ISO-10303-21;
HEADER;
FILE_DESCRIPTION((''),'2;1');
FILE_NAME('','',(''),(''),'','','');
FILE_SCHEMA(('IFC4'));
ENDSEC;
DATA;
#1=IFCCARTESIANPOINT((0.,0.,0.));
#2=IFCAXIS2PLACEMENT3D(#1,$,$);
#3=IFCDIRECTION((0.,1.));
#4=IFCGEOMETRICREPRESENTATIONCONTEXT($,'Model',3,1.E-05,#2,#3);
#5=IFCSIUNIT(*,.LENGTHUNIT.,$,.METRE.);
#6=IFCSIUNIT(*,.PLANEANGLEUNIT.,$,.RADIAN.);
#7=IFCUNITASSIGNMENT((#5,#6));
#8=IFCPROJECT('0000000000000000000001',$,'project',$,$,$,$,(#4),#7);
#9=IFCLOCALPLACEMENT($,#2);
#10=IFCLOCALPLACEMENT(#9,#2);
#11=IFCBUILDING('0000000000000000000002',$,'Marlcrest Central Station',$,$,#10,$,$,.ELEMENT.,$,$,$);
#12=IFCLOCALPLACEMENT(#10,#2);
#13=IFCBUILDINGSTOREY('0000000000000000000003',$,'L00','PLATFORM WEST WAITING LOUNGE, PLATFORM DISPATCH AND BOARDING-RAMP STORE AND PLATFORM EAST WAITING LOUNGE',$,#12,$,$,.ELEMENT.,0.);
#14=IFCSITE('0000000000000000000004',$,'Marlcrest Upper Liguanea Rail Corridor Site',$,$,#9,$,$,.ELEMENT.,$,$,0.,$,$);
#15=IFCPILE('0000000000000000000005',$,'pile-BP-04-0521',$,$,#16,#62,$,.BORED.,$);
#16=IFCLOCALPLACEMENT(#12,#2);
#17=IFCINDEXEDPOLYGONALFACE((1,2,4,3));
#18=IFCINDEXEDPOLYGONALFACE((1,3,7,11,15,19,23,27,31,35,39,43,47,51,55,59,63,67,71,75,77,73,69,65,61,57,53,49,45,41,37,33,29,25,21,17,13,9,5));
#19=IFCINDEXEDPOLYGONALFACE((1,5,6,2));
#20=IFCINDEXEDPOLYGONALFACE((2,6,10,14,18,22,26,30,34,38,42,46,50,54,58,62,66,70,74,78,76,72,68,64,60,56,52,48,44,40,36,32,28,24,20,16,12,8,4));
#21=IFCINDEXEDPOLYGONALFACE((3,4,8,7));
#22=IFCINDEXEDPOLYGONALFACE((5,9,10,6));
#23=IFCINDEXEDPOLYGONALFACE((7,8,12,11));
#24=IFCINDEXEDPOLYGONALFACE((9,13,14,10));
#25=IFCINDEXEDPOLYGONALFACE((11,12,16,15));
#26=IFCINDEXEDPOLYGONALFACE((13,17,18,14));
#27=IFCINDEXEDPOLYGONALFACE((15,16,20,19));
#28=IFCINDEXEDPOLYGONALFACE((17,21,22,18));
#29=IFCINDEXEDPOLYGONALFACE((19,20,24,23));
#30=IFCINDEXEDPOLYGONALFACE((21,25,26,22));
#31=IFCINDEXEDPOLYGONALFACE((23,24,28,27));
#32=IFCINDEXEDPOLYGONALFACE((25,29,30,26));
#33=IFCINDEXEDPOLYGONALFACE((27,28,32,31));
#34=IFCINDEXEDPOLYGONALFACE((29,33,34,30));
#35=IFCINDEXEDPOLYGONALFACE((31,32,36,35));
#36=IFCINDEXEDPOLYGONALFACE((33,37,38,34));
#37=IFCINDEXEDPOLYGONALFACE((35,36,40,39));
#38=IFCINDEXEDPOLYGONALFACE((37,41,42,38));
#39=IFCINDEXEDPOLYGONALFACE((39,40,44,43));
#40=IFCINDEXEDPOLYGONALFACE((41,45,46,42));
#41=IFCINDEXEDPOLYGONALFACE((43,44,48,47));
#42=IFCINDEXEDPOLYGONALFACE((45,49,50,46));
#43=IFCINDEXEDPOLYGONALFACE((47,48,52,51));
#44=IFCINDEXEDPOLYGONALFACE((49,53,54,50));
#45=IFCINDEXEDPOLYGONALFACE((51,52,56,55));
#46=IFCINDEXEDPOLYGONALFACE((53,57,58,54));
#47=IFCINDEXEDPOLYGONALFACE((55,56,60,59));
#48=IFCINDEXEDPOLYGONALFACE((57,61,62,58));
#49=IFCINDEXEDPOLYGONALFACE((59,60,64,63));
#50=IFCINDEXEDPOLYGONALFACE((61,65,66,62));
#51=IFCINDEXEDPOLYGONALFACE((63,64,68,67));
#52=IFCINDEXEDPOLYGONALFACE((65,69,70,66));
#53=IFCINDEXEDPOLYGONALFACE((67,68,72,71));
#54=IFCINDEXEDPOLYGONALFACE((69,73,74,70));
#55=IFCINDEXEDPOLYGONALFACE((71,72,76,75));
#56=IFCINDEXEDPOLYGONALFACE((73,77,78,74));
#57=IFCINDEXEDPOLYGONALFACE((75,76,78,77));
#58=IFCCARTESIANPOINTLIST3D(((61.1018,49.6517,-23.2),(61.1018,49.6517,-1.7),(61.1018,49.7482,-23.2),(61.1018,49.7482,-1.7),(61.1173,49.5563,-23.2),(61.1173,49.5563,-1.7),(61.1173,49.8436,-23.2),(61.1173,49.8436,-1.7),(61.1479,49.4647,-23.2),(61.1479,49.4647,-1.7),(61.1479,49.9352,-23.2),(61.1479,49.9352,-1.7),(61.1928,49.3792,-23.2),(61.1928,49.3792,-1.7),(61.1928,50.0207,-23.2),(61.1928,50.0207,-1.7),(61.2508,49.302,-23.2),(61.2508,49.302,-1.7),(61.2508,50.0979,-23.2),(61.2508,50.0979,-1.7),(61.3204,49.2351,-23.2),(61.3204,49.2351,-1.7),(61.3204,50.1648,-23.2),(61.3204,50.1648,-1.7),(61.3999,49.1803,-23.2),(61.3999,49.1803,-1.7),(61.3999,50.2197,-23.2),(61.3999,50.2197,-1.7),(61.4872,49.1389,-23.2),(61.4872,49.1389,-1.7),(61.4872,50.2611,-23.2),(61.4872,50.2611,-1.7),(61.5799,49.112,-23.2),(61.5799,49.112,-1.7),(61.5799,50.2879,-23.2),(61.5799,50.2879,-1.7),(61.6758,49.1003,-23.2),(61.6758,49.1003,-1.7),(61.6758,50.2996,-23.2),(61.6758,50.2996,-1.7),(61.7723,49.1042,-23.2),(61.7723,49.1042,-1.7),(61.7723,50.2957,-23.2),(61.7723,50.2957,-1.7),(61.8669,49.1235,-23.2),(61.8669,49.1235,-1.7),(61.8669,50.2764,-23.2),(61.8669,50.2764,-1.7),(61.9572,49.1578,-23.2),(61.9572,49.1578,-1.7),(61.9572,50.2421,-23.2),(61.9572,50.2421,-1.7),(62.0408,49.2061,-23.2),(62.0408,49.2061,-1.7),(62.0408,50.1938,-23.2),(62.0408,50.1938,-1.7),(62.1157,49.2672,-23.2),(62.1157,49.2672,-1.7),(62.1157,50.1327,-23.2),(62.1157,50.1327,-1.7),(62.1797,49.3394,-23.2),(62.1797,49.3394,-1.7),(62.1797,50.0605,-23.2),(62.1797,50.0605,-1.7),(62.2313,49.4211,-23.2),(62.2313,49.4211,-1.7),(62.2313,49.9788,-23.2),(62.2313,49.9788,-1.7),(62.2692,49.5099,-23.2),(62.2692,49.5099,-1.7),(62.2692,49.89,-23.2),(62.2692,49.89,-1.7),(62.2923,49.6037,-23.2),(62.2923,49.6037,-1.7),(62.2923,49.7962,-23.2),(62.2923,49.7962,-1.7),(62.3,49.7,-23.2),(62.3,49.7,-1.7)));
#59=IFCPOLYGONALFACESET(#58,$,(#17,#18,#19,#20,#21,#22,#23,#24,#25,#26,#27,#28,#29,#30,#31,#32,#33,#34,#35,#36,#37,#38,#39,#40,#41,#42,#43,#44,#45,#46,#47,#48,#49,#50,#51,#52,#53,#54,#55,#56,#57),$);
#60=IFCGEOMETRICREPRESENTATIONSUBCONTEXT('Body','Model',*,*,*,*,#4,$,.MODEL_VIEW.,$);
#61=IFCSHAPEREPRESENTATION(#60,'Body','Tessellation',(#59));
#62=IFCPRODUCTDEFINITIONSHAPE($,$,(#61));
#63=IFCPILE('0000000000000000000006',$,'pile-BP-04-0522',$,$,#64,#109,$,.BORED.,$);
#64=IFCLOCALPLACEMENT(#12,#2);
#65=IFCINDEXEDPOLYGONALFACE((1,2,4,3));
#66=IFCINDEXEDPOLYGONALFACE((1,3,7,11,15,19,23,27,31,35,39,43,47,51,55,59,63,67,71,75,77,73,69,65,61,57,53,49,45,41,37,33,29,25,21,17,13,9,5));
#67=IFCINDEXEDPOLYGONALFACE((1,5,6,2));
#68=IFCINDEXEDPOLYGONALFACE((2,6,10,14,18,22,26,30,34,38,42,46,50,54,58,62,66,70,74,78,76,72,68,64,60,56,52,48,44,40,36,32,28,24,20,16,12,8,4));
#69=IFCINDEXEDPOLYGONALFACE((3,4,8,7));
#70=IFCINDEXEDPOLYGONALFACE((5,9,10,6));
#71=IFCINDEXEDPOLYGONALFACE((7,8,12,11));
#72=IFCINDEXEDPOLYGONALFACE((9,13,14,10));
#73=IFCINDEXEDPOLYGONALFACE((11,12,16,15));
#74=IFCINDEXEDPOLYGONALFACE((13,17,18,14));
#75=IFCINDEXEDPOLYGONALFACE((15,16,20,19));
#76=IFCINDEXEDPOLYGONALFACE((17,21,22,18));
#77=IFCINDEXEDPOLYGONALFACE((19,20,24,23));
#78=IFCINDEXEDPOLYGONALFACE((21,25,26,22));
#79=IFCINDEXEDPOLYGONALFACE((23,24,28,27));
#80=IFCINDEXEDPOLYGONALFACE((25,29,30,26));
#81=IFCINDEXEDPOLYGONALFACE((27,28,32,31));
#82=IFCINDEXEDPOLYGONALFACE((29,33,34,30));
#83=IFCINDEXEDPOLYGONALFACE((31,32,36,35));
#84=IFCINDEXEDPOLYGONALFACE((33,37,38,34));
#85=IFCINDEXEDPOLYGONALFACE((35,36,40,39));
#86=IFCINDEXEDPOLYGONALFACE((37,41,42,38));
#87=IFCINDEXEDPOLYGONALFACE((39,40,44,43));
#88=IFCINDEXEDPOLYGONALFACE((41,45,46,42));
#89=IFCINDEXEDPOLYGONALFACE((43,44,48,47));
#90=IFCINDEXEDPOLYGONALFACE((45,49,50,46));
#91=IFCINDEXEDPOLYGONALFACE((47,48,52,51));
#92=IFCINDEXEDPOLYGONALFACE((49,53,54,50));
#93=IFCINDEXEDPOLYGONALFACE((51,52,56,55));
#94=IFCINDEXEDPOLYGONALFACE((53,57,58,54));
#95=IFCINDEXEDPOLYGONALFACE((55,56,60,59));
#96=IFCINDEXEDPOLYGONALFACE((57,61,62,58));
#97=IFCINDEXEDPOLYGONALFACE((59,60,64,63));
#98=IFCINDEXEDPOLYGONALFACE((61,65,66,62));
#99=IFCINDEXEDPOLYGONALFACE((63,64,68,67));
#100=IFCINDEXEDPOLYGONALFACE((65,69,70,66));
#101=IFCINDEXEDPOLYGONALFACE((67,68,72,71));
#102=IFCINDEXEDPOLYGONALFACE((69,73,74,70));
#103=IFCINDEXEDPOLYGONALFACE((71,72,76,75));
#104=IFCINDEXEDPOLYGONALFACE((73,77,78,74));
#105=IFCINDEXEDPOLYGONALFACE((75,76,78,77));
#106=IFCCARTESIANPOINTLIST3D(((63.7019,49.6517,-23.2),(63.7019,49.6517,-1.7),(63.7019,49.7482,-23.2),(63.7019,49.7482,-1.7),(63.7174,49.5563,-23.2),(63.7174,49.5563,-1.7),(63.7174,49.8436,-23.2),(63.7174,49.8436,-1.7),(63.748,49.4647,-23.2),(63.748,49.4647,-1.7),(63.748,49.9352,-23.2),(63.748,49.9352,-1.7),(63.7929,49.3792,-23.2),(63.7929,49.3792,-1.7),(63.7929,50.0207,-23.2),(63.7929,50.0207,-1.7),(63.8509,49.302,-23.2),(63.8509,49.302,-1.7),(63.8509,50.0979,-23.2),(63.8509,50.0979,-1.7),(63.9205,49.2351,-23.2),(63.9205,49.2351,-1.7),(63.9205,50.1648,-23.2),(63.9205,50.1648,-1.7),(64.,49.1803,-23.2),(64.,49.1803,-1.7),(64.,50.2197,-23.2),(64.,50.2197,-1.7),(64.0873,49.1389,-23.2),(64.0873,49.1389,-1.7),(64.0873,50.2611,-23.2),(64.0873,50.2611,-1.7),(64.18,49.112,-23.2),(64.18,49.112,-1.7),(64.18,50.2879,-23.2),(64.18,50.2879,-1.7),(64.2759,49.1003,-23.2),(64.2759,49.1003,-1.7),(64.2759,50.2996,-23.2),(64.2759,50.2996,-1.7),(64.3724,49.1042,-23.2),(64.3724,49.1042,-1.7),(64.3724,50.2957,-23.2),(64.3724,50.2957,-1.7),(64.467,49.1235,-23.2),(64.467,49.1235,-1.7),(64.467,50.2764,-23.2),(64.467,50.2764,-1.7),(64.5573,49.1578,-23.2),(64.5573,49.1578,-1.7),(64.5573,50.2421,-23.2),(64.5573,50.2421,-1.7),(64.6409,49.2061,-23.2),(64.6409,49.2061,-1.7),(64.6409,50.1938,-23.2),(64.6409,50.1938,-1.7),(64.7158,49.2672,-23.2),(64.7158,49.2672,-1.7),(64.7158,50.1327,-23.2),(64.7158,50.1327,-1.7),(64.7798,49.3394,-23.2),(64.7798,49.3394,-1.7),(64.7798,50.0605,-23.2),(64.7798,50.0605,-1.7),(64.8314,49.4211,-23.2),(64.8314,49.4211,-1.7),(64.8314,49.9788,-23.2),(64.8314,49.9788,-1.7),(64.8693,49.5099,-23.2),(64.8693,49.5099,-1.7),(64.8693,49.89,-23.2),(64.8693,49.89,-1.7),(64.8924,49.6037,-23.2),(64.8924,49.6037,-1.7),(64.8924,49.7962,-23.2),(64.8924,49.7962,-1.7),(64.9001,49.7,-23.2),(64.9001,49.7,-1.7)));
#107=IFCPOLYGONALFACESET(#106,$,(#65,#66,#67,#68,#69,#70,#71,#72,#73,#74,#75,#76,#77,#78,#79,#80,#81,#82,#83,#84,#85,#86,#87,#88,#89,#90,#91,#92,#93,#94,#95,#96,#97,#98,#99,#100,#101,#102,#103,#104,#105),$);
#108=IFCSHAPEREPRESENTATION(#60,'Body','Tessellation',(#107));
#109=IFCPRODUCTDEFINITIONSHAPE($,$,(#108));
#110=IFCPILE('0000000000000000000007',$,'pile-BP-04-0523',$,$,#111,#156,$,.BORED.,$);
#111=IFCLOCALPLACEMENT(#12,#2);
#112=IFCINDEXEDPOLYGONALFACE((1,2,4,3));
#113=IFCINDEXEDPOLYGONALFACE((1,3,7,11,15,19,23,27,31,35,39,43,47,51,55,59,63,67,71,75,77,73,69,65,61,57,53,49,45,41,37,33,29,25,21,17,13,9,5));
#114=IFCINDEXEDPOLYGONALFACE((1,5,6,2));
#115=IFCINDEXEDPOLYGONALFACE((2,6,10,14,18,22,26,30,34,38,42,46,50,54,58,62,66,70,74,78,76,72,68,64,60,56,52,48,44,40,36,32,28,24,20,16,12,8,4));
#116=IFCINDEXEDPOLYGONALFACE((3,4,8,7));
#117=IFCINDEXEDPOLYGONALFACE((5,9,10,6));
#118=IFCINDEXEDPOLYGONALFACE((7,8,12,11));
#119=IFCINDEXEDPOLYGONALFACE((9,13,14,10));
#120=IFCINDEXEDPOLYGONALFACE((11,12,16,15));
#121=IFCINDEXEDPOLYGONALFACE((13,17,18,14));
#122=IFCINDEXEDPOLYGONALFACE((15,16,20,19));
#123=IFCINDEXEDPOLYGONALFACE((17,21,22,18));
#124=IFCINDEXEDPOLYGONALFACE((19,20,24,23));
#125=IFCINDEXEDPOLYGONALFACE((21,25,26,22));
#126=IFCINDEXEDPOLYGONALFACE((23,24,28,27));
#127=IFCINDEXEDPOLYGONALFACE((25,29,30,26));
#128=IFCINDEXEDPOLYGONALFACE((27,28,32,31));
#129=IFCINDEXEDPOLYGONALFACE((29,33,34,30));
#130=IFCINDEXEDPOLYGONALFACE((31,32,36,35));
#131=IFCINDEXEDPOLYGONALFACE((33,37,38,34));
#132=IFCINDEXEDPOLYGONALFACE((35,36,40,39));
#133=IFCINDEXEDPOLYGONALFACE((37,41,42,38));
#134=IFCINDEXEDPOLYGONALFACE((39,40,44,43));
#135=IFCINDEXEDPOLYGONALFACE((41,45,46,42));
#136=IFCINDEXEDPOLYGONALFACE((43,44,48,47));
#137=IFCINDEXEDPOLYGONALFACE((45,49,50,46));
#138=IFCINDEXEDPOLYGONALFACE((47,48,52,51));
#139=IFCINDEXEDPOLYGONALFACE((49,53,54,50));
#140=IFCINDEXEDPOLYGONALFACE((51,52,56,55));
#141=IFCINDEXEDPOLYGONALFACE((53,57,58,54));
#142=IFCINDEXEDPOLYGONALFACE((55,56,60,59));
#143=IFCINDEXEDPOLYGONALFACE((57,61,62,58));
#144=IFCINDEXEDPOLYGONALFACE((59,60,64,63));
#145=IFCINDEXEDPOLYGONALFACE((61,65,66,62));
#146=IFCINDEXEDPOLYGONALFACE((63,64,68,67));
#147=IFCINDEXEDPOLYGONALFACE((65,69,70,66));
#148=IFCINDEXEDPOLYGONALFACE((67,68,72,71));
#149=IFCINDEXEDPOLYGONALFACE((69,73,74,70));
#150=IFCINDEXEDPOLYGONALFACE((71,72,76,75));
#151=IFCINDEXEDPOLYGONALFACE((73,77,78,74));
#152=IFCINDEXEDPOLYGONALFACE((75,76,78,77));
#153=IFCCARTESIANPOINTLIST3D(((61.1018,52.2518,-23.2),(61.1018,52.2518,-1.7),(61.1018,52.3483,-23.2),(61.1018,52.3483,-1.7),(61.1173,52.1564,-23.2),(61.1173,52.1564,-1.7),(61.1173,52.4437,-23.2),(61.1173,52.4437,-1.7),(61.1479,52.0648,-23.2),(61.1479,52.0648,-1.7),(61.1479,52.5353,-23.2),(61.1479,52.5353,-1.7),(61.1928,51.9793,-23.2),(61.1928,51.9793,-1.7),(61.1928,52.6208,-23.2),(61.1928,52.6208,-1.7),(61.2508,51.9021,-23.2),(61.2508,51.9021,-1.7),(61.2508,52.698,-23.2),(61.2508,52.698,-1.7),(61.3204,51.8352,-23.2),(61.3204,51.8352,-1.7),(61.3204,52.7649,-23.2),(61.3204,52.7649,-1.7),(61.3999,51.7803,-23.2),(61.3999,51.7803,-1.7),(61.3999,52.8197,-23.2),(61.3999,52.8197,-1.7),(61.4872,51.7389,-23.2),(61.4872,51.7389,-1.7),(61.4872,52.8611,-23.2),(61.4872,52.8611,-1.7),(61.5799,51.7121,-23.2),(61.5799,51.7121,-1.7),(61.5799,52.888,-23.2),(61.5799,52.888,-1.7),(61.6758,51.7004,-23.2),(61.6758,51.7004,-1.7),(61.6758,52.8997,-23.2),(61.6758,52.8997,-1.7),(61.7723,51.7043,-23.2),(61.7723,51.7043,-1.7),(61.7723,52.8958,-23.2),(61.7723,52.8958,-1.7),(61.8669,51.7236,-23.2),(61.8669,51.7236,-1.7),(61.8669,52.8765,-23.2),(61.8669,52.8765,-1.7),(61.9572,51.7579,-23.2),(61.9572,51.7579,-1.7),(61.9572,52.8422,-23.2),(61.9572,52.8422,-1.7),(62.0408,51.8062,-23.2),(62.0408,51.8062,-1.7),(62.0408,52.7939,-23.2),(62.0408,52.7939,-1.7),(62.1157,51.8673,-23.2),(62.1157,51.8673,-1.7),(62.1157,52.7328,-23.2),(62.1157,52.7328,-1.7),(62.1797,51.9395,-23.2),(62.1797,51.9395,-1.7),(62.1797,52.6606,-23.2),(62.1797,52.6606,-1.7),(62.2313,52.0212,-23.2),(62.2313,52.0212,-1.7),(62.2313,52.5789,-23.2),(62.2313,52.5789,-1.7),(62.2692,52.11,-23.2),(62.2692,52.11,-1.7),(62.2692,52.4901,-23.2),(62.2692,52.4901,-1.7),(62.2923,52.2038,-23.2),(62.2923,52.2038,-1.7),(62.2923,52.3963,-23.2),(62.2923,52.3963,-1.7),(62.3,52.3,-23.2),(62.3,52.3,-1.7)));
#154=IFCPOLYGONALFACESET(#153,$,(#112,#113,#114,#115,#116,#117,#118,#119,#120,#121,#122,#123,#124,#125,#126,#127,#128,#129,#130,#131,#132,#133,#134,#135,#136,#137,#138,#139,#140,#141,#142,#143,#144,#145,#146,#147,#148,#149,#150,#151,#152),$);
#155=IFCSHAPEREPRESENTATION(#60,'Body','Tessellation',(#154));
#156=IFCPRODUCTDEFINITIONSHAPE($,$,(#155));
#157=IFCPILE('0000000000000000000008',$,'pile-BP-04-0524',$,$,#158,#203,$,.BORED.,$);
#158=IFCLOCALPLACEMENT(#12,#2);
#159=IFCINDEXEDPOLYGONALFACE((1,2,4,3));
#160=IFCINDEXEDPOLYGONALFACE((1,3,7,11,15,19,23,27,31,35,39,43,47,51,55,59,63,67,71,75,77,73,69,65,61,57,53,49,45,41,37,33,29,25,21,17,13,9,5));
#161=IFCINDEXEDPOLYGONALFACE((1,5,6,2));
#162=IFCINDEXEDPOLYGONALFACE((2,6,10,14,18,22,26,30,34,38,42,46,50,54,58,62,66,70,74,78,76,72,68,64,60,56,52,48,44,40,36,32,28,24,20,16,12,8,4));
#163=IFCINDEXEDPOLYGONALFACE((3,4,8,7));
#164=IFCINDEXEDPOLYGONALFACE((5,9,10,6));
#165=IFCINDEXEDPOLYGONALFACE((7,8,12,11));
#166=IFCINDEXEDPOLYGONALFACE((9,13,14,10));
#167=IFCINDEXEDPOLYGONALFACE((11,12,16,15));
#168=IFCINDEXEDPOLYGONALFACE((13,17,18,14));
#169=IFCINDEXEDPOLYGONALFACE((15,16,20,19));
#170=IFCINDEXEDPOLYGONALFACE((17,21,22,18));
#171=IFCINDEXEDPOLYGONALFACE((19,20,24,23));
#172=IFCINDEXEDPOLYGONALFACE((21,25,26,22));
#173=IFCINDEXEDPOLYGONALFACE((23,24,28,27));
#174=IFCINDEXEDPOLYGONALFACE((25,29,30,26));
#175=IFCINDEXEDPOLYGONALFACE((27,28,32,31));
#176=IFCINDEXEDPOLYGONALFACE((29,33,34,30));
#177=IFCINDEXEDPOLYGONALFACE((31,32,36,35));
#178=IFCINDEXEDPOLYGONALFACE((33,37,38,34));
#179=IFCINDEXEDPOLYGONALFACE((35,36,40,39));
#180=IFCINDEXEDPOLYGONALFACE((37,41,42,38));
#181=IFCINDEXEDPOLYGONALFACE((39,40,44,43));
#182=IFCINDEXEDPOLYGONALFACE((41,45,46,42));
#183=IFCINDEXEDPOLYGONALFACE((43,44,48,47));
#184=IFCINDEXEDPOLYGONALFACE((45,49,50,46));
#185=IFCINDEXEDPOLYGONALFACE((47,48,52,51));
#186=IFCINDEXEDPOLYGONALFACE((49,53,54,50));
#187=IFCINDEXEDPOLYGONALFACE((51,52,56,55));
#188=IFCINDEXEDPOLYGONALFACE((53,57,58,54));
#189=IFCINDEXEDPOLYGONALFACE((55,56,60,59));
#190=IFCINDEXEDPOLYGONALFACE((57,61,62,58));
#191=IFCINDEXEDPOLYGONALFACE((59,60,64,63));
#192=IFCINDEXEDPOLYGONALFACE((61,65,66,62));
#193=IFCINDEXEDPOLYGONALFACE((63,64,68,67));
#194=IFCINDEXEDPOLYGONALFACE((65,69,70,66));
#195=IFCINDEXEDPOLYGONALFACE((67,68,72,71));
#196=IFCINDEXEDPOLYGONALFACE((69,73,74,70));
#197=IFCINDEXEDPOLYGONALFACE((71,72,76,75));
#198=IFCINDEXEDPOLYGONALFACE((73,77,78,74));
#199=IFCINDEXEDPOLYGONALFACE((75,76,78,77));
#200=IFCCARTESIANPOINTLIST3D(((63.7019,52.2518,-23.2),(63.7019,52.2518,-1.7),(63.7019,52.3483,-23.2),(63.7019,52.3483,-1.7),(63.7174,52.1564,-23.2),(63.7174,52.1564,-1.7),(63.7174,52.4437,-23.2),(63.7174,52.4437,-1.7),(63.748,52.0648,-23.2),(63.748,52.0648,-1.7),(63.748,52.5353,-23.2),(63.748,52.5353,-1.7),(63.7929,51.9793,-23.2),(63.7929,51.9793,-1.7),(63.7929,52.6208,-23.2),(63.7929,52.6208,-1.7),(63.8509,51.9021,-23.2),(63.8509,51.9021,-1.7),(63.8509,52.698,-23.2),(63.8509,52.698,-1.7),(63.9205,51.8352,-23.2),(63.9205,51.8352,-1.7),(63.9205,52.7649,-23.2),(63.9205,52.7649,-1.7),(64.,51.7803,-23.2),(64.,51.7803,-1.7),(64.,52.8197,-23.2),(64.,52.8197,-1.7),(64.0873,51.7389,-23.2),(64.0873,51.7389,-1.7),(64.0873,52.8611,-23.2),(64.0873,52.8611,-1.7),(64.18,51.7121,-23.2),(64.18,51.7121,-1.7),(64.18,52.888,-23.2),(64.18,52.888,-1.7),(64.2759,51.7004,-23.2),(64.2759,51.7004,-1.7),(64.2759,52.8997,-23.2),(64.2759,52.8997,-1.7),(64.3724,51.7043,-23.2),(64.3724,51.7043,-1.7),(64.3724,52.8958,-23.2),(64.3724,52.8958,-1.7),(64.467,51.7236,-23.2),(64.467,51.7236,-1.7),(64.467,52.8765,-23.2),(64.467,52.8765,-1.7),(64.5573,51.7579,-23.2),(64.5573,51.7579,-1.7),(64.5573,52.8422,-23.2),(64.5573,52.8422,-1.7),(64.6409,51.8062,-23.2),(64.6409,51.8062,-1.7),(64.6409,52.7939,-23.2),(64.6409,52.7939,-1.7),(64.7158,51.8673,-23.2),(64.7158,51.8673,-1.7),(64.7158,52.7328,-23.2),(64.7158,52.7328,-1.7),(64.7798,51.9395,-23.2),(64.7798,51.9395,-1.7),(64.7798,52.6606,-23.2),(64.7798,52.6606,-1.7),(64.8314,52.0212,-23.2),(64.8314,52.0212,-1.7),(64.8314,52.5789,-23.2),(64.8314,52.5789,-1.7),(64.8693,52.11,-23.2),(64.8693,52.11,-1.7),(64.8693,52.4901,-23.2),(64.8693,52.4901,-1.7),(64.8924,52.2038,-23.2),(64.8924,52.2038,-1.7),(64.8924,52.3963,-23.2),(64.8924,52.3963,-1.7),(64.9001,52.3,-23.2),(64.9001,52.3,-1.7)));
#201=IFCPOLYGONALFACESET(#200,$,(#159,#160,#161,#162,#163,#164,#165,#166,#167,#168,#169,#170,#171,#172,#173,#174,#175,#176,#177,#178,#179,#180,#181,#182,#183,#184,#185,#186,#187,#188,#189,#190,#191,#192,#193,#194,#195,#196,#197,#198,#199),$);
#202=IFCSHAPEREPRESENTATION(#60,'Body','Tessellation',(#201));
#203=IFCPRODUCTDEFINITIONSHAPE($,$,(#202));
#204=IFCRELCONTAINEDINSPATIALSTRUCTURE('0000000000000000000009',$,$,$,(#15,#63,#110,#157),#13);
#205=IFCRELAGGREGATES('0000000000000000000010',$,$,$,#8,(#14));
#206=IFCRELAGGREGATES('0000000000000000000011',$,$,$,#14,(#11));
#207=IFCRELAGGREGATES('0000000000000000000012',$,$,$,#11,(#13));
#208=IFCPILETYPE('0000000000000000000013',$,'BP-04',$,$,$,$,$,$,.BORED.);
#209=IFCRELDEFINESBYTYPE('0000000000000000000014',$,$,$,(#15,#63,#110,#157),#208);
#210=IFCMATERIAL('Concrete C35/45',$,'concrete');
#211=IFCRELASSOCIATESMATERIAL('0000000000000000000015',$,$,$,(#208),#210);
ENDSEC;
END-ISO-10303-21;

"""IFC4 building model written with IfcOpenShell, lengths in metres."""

from ifc_helpers import new_model, si_unit, direction, frame, origin, origin_2d, place, context, subcontext, project, spatial, circle, extrude, material, material_profile, profile_set, type_object, element, save


model = new_model("IFC4")

# Units and contexts
model_context = context("Model", 3, precision=1e-05, world=origin(), true_north=direction((0.0, 1.0)))
body_context = subcontext(model_context, "Body", "Model", "MODEL_VIEW")
ifc_project = project(units=[si_unit("LENGTHUNIT", "METRE"), si_unit("PLANEANGLEUNIT", "RADIAN")], contexts=[model_context])

# Site, building, storey
site_placement = place(None, origin())
site = spatial("IfcSite", under=ifc_project, at=site_placement, Name="Marlcrest Upper Liguanea Rail Corridor Site", CompositionType="ELEMENT", RefElevation=0.0)
building_placement = place(site_placement, origin())
building = spatial("IfcBuilding", under=site, at=building_placement, Name="Marlcrest Central Station", CompositionType="ELEMENT")
storey_placement = place(building_placement, origin())
storey = spatial("IfcBuildingStorey", under=building, at=storey_placement, Name="L00", Description="PLATFORM WEST WAITING LOUNGE, PLATFORM DISPATCH AND BOARDING-RAMP STORE AND PLATFORM EAST WAITING LOUNGE", CompositionType="ELEMENT", Elevation=0.0)

# Piles
ifc_material_1 = material(Name="Concrete C35/45", Category="concrete")
ifc_material_profile_1 = material_profile(ifc_material_1, circle(Radius=0.6001, at=origin_2d()), Name="PILE D1200")
ifc_profile_set_1 = profile_set([ifc_material_profile_1], Name="Concrete C35/45")
pile_type = type_object("IfcPileType", Name="BP-04", PredefinedType="BORED", material=ifc_profile_set_1)
for number, where, z_axis, x_axis, name in (
    (1, (61.7, 49.7, -1.7), (0.0, 0.0, -1.0), (1.0, 0.0, 0.0), "pile-BP-04-0521"),
    (2, (64.3, 49.7, -1.7), (0.0, 0.0, -1.0), (1.0, 0.0, 0.0), "pile-BP-04-0522"),
    (3, (61.7, 52.3, -1.7), (0.0, 0.0, -1.0), (1.0, 0.0, 0.0), "pile-BP-04-0523"),
    (4, (64.3, 52.3, -1.7), (0.0, 0.0, -1.0), (1.0, 0.0, 0.0), "pile-BP-04-0524"),
):
    element("IfcPile", number, at=place(storey_placement, frame(where, z_axis=z_axis, x_axis=x_axis)), inside=storey, type_object=pile_type, Name=name, PredefinedType="BORED", context=body_context, shape_type="SweptSolid", body=[
        extrude(circle(Radius=0.6001, at=origin_2d()), origin(), (0.0, 0.0, 1.0), 21.5),
    ])

save(model, "model.ifc")
